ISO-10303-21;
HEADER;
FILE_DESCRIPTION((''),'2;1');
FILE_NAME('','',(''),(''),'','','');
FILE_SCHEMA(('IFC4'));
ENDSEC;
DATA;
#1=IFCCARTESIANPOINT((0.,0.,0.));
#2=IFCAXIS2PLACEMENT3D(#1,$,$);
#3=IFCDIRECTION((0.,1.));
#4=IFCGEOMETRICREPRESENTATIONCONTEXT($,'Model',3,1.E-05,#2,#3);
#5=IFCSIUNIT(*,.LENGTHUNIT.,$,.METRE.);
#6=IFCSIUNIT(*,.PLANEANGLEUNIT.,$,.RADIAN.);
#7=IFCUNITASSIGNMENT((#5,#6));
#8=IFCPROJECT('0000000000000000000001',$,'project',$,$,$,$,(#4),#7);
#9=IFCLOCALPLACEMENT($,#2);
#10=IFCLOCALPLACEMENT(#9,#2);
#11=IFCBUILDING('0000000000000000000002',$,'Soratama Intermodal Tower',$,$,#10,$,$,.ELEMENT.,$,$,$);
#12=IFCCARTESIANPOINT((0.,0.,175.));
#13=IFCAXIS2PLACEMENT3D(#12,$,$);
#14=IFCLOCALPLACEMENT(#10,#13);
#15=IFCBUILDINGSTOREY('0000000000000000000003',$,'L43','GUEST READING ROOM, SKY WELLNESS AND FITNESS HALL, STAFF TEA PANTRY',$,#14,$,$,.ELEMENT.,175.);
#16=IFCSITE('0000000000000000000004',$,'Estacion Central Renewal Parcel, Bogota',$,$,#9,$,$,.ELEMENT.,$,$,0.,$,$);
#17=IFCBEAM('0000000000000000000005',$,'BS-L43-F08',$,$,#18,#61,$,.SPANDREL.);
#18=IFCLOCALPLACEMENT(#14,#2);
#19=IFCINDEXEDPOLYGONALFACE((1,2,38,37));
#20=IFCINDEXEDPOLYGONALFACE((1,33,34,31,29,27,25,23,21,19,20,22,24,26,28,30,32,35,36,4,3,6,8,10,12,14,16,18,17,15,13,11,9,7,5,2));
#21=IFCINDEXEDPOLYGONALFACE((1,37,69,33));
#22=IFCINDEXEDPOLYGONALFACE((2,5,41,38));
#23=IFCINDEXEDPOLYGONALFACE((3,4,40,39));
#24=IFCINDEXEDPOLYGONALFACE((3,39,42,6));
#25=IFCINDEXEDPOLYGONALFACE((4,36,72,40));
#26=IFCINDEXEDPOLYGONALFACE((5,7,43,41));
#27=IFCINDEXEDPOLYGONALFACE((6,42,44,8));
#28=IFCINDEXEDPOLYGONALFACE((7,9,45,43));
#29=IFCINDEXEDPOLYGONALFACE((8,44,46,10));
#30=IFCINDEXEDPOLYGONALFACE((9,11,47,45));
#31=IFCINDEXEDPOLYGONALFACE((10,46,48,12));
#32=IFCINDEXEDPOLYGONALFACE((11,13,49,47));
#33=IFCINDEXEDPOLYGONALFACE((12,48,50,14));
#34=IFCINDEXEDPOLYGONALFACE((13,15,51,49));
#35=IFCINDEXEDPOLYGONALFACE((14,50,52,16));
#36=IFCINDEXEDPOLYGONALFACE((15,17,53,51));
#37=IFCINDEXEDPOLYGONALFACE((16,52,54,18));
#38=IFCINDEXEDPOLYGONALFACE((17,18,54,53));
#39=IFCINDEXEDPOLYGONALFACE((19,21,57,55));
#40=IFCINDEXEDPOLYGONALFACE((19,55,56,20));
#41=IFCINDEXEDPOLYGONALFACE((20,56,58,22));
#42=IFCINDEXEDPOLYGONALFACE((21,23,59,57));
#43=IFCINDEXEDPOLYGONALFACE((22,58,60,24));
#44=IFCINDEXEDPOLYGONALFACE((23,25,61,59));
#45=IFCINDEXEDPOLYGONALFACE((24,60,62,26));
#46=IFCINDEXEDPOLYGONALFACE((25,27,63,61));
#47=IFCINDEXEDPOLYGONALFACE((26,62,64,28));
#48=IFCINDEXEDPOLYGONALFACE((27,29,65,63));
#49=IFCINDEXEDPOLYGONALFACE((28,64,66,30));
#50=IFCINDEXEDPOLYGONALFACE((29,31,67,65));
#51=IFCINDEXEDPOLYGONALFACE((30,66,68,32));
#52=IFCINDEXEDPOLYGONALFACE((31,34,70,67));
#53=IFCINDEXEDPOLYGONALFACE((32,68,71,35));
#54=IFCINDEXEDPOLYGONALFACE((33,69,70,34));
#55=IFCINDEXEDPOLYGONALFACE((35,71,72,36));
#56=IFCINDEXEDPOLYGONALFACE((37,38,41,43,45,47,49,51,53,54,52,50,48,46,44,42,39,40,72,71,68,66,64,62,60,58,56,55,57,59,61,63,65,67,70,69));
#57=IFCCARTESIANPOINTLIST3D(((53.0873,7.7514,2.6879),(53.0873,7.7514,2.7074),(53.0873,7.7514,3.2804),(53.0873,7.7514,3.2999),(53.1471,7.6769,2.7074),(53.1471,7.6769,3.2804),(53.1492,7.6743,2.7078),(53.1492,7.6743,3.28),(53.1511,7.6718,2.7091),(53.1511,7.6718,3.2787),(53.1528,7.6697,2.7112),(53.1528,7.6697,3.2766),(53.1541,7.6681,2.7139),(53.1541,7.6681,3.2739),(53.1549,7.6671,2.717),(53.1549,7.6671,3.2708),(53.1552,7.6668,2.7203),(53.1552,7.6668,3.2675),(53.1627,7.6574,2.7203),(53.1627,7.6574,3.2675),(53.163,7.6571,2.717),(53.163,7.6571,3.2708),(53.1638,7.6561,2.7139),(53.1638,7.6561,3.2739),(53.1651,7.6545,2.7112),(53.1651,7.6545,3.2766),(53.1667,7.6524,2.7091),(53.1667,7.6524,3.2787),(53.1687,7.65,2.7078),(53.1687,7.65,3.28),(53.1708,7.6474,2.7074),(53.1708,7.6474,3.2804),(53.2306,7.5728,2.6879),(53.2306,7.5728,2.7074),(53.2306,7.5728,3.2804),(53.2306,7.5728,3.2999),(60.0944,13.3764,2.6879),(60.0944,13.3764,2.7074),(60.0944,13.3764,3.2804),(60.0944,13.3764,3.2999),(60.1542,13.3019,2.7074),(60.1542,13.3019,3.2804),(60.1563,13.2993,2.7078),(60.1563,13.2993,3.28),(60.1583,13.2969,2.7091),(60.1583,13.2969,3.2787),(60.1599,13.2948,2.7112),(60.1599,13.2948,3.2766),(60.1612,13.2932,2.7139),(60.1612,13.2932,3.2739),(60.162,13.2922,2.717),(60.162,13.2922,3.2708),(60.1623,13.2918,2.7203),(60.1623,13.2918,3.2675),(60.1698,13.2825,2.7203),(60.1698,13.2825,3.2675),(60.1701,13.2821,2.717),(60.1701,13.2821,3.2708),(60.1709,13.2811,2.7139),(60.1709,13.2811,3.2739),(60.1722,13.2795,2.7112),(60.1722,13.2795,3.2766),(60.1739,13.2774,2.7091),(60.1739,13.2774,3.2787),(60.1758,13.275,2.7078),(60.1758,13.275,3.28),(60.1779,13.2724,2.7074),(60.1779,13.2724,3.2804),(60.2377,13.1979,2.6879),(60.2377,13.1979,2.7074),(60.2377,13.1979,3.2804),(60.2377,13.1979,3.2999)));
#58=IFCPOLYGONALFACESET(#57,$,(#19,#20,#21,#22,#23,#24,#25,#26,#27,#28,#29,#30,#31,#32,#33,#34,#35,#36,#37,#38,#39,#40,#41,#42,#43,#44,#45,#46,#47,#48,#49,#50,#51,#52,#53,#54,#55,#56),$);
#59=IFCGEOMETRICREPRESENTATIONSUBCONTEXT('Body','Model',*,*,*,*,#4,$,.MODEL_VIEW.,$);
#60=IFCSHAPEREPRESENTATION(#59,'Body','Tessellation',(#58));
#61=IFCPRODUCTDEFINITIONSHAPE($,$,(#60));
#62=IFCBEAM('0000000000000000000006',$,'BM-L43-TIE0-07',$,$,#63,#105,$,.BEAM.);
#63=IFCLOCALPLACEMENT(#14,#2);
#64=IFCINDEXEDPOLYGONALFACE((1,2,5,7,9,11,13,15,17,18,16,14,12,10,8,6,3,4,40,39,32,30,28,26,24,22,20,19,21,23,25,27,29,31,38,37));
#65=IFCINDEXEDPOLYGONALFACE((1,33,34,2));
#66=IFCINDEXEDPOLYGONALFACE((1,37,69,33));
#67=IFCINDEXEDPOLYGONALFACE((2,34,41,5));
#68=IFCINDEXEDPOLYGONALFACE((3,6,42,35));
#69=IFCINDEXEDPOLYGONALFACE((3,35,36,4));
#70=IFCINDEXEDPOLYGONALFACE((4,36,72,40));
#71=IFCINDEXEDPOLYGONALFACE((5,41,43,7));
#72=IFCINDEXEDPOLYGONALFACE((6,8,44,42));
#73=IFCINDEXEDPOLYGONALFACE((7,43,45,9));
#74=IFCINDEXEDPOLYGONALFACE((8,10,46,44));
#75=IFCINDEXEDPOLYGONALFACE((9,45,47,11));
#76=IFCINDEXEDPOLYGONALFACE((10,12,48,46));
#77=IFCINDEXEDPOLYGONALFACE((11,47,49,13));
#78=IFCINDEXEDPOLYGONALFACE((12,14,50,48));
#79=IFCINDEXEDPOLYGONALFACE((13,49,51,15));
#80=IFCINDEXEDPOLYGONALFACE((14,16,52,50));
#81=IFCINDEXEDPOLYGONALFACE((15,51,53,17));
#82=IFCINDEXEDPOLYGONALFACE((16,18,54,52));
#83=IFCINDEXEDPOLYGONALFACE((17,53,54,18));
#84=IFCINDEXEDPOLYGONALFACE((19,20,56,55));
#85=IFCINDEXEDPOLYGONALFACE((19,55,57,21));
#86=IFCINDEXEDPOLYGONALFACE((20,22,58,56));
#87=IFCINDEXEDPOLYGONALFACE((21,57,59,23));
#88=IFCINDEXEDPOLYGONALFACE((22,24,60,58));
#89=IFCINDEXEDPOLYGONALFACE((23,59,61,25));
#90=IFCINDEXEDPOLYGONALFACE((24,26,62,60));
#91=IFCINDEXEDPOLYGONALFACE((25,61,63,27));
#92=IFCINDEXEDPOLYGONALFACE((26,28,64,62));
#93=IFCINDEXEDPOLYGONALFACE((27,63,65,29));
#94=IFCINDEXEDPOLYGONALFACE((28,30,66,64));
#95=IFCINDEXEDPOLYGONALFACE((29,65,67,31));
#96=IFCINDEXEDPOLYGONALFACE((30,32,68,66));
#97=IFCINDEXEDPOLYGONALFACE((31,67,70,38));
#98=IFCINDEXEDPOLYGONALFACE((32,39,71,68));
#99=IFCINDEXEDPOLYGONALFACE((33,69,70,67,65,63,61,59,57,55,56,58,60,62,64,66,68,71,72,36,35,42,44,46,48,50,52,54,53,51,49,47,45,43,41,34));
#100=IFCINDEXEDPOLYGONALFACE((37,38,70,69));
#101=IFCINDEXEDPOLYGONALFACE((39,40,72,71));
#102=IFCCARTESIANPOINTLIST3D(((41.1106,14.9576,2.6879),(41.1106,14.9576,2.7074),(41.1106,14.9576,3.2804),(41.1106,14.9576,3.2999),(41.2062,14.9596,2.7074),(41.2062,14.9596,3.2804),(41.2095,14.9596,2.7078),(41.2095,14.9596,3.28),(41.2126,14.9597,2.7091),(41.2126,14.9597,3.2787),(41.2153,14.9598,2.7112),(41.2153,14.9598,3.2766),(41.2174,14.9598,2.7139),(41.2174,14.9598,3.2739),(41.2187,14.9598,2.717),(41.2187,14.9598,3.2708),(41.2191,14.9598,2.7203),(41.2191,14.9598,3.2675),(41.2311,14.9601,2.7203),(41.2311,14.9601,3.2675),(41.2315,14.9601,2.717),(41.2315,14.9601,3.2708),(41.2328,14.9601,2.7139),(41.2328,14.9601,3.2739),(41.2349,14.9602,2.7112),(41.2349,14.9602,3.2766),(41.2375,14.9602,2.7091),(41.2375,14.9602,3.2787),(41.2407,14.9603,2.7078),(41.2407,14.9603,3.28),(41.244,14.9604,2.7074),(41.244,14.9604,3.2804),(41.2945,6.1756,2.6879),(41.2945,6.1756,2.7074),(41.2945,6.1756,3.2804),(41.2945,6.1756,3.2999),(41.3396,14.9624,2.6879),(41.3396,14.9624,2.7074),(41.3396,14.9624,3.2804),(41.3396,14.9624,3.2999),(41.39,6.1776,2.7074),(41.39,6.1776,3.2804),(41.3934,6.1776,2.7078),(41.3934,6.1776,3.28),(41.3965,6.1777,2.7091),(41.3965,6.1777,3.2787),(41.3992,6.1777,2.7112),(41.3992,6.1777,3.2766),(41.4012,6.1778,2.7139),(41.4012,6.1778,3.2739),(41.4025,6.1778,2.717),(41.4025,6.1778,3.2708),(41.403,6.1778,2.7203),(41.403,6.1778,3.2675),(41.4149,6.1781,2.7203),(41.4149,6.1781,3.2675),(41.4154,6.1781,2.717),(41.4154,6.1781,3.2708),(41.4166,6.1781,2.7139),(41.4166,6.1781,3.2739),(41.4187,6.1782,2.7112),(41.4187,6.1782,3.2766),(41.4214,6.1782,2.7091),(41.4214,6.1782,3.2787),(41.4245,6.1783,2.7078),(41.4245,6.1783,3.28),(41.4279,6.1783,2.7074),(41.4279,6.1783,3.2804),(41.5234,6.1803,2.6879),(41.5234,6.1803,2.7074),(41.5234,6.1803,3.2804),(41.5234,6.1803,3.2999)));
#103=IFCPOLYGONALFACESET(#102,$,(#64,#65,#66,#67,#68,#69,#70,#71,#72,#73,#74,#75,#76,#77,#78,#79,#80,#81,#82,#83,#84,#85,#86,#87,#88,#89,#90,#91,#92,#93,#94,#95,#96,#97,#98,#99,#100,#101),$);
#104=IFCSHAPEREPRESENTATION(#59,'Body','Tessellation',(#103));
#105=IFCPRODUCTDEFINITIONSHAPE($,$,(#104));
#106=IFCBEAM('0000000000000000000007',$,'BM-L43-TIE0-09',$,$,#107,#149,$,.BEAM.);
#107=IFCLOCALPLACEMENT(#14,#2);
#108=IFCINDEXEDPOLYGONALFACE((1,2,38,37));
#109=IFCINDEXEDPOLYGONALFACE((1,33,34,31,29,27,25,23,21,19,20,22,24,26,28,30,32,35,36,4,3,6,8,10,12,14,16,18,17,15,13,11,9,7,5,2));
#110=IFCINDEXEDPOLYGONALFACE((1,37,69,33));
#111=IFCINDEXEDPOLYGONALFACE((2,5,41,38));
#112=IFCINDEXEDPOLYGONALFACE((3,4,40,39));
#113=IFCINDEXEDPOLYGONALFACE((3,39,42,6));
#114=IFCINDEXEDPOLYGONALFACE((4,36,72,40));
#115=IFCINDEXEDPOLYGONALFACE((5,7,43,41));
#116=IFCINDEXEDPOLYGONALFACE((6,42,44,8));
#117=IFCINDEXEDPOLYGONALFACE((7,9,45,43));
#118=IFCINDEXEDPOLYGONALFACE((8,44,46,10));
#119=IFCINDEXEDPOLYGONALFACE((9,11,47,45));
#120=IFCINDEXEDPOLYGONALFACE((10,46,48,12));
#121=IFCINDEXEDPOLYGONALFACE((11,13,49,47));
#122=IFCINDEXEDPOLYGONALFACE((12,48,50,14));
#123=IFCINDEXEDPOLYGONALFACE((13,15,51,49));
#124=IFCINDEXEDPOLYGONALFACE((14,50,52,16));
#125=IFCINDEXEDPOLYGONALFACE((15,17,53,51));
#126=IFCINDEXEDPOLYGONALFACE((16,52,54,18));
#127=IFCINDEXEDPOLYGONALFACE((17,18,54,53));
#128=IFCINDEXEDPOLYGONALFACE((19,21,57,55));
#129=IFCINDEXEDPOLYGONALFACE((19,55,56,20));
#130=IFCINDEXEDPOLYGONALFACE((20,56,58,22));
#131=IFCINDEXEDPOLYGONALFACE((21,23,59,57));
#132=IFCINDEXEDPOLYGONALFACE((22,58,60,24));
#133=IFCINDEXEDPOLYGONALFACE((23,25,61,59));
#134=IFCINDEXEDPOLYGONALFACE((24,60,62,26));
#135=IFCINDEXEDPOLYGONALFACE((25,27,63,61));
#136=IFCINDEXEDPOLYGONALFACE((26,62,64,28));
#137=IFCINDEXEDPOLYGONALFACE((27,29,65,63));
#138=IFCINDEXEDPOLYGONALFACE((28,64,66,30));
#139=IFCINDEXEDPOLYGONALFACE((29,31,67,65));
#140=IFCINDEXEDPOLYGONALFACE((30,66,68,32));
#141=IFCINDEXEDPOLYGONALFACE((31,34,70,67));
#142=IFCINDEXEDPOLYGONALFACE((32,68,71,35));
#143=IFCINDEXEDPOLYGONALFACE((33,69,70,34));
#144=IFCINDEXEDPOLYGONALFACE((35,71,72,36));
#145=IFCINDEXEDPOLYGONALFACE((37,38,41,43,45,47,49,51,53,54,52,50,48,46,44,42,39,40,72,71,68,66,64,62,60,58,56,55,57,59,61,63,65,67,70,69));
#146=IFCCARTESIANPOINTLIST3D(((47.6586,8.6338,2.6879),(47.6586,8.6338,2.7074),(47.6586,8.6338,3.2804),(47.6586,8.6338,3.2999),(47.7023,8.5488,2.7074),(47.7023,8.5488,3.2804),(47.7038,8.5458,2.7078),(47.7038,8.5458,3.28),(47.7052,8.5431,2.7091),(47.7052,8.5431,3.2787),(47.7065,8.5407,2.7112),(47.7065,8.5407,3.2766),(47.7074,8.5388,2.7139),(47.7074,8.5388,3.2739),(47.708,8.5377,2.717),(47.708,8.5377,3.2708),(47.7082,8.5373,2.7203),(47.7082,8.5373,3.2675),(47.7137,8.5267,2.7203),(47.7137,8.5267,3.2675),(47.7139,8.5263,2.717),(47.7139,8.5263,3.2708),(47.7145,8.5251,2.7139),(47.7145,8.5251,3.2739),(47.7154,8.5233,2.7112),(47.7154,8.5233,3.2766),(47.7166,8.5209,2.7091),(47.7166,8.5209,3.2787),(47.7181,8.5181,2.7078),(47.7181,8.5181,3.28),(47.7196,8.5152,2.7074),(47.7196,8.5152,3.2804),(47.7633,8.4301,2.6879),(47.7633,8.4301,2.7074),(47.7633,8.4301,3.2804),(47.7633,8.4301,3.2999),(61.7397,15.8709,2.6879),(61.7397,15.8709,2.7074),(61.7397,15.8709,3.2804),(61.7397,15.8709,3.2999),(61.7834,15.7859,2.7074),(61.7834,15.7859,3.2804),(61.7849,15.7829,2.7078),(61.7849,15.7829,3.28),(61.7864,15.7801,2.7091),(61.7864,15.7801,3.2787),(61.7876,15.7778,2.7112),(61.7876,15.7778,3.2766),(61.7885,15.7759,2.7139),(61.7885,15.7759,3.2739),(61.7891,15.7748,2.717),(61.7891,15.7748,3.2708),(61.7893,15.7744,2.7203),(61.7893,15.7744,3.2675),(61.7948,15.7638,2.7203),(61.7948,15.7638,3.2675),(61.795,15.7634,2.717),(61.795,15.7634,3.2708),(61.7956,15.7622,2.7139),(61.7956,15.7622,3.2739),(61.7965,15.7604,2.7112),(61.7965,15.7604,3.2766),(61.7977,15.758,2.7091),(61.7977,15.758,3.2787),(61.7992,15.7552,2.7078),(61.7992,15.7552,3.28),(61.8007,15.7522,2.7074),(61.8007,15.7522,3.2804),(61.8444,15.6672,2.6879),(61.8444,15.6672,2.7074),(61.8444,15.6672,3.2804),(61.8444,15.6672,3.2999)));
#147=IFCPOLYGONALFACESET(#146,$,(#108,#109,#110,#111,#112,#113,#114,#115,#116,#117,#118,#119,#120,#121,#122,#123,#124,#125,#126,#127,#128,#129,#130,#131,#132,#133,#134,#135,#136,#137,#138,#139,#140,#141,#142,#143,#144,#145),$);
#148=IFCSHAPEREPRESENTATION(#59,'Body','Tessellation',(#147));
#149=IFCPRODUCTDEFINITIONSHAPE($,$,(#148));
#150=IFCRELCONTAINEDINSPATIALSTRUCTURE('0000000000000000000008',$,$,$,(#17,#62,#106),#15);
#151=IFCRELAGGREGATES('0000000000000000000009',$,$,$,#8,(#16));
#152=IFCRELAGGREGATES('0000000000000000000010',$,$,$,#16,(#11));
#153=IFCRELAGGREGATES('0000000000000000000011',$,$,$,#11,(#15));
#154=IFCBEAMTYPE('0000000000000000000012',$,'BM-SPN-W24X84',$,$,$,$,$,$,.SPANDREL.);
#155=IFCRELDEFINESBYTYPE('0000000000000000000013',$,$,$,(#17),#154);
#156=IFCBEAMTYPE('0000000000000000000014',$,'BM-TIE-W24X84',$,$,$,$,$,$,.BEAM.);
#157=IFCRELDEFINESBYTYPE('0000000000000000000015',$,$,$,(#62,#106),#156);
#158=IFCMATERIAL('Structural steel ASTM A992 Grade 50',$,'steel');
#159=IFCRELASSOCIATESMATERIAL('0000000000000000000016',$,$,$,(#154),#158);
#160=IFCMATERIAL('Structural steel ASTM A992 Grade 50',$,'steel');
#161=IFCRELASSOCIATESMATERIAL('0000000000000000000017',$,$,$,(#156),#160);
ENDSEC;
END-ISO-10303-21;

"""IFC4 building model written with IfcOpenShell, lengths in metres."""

from ifc_helpers import new_model, si_unit, direction, frame, origin, origin_2d, place, context, subcontext, project, spatial, i_section, extrude, material, material_profile, profile_set, type_object, element, save


model = new_model("IFC4")

# Units and contexts
model_context = context("Model", 3, precision=1e-05, world=origin(), true_north=direction((0.0, 1.0)))
body_context = subcontext(model_context, "Body", "Model", "MODEL_VIEW")
ifc_project = project(units=[si_unit("LENGTHUNIT", "METRE"), si_unit("PLANEANGLEUNIT", "RADIAN")], contexts=[model_context])

# Site, building, storey
site_placement = place(None, origin())
site = spatial("IfcSite", under=ifc_project, at=site_placement, Name="Estacion Central Renewal Parcel, Bogota", CompositionType="ELEMENT", RefElevation=0.0)
building_placement = place(site_placement, origin())
building = spatial("IfcBuilding", under=site, at=building_placement, Name="Soratama Intermodal Tower", CompositionType="ELEMENT")
storey_placement = place(building_placement, frame((0.0, 0.0, 175.0)))
storey = spatial("IfcBuildingStorey", under=building, at=storey_placement, Name="L43", Description="GUEST READING ROOM, SKY WELLNESS AND FITNESS HALL, STAFF TEA PANTRY", CompositionType="ELEMENT", Elevation=175.0)

# Beams
ifc_material_1 = material(Name="Structural steel ASTM A992 Grade 50", Category="steel")
ifc_material_profile_1 = material_profile(ifc_material_1, i_section(OverallWidth=0.229, OverallDepth=0.6121, WebThickness=0.012, FlangeThickness=0.0195, FilletRadius=0.0129, at=origin_2d()), Name="W24X84")
ifc_profile_set_1 = profile_set([ifc_material_profile_1], Name="Structural steel ASTM A992 Grade 50")
beam_type_1 = type_object("IfcBeamType", Name="BM-SPN-W24X84", PredefinedType="SPANDREL", material=ifc_profile_set_1)
beam_1_placement = place(storey_placement, frame((53.1589, 7.6621, 2.9939), z_axis=(0.779818, 0.626006, 0.0), x_axis=(-0.626006, 0.779818, 0.0)))
element("IfcBeam", 1, at=beam_1_placement, inside=storey, type_object=beam_type_1, Name="BS-L43-F08", PredefinedType="SPANDREL", context=body_context, shape_type="SweptSolid", body=[
    extrude(i_section(OverallWidth=0.229, OverallDepth=0.6121, WebThickness=0.012, FlangeThickness=0.0195, FilletRadius=0.0129, at=origin_2d()), origin(), (0.0, 0.0, 1.0), 8.9856),
])
ifc_material_2 = material(Name="Structural steel ASTM A992 Grade 50", Category="steel")
ifc_material_profile_2 = material_profile(ifc_material_2, i_section(OverallWidth=0.229, OverallDepth=0.6121, WebThickness=0.012, FlangeThickness=0.0195, FilletRadius=0.0129, at=origin_2d()), Name="W24X84")
ifc_profile_set_2 = profile_set([ifc_material_profile_2], Name="Structural steel ASTM A992 Grade 50")
beam_type_2 = type_object("IfcBeamType", Name="BM-TIE-W24X84", PredefinedType="BEAM", material=ifc_profile_set_2)
beam_2_placement = place(storey_placement, frame((41.2251, 14.96, 2.9939), z_axis=(0.020929, -0.999781, 0.0), x_axis=(0.999781, 0.020929, 0.0)))
element("IfcBeam", 2, at=beam_2_placement, inside=storey, type_object=beam_type_2, Name="BM-L43-TIE0-07", PredefinedType="BEAM", context=body_context, shape_type="SweptSolid", body=[
    extrude(i_section(OverallWidth=0.229, OverallDepth=0.6121, WebThickness=0.012, FlangeThickness=0.0195, FilletRadius=0.0129, at=origin_2d()), origin(), (0.0, 0.0, 1.0), 8.7839),
])
beam_3_placement = place(storey_placement, frame((47.7109, 8.532, 2.9939), z_axis=(0.889407, 0.457117, 0.0), x_axis=(-0.457117, 0.889407, 0.0)))
element("IfcBeam", 3, at=beam_3_placement, inside=storey, type_object=beam_type_2, Name="BM-L43-TIE0-09", PredefinedType="BEAM", context=body_context, shape_type="SweptSolid", body=[
    extrude(i_section(OverallWidth=0.229, OverallDepth=0.6121, WebThickness=0.012, FlangeThickness=0.0195, FilletRadius=0.0129, at=origin_2d()), origin(), (0.0, 0.0, 1.0), 15.832),
])

save(model, "model.ifc")
